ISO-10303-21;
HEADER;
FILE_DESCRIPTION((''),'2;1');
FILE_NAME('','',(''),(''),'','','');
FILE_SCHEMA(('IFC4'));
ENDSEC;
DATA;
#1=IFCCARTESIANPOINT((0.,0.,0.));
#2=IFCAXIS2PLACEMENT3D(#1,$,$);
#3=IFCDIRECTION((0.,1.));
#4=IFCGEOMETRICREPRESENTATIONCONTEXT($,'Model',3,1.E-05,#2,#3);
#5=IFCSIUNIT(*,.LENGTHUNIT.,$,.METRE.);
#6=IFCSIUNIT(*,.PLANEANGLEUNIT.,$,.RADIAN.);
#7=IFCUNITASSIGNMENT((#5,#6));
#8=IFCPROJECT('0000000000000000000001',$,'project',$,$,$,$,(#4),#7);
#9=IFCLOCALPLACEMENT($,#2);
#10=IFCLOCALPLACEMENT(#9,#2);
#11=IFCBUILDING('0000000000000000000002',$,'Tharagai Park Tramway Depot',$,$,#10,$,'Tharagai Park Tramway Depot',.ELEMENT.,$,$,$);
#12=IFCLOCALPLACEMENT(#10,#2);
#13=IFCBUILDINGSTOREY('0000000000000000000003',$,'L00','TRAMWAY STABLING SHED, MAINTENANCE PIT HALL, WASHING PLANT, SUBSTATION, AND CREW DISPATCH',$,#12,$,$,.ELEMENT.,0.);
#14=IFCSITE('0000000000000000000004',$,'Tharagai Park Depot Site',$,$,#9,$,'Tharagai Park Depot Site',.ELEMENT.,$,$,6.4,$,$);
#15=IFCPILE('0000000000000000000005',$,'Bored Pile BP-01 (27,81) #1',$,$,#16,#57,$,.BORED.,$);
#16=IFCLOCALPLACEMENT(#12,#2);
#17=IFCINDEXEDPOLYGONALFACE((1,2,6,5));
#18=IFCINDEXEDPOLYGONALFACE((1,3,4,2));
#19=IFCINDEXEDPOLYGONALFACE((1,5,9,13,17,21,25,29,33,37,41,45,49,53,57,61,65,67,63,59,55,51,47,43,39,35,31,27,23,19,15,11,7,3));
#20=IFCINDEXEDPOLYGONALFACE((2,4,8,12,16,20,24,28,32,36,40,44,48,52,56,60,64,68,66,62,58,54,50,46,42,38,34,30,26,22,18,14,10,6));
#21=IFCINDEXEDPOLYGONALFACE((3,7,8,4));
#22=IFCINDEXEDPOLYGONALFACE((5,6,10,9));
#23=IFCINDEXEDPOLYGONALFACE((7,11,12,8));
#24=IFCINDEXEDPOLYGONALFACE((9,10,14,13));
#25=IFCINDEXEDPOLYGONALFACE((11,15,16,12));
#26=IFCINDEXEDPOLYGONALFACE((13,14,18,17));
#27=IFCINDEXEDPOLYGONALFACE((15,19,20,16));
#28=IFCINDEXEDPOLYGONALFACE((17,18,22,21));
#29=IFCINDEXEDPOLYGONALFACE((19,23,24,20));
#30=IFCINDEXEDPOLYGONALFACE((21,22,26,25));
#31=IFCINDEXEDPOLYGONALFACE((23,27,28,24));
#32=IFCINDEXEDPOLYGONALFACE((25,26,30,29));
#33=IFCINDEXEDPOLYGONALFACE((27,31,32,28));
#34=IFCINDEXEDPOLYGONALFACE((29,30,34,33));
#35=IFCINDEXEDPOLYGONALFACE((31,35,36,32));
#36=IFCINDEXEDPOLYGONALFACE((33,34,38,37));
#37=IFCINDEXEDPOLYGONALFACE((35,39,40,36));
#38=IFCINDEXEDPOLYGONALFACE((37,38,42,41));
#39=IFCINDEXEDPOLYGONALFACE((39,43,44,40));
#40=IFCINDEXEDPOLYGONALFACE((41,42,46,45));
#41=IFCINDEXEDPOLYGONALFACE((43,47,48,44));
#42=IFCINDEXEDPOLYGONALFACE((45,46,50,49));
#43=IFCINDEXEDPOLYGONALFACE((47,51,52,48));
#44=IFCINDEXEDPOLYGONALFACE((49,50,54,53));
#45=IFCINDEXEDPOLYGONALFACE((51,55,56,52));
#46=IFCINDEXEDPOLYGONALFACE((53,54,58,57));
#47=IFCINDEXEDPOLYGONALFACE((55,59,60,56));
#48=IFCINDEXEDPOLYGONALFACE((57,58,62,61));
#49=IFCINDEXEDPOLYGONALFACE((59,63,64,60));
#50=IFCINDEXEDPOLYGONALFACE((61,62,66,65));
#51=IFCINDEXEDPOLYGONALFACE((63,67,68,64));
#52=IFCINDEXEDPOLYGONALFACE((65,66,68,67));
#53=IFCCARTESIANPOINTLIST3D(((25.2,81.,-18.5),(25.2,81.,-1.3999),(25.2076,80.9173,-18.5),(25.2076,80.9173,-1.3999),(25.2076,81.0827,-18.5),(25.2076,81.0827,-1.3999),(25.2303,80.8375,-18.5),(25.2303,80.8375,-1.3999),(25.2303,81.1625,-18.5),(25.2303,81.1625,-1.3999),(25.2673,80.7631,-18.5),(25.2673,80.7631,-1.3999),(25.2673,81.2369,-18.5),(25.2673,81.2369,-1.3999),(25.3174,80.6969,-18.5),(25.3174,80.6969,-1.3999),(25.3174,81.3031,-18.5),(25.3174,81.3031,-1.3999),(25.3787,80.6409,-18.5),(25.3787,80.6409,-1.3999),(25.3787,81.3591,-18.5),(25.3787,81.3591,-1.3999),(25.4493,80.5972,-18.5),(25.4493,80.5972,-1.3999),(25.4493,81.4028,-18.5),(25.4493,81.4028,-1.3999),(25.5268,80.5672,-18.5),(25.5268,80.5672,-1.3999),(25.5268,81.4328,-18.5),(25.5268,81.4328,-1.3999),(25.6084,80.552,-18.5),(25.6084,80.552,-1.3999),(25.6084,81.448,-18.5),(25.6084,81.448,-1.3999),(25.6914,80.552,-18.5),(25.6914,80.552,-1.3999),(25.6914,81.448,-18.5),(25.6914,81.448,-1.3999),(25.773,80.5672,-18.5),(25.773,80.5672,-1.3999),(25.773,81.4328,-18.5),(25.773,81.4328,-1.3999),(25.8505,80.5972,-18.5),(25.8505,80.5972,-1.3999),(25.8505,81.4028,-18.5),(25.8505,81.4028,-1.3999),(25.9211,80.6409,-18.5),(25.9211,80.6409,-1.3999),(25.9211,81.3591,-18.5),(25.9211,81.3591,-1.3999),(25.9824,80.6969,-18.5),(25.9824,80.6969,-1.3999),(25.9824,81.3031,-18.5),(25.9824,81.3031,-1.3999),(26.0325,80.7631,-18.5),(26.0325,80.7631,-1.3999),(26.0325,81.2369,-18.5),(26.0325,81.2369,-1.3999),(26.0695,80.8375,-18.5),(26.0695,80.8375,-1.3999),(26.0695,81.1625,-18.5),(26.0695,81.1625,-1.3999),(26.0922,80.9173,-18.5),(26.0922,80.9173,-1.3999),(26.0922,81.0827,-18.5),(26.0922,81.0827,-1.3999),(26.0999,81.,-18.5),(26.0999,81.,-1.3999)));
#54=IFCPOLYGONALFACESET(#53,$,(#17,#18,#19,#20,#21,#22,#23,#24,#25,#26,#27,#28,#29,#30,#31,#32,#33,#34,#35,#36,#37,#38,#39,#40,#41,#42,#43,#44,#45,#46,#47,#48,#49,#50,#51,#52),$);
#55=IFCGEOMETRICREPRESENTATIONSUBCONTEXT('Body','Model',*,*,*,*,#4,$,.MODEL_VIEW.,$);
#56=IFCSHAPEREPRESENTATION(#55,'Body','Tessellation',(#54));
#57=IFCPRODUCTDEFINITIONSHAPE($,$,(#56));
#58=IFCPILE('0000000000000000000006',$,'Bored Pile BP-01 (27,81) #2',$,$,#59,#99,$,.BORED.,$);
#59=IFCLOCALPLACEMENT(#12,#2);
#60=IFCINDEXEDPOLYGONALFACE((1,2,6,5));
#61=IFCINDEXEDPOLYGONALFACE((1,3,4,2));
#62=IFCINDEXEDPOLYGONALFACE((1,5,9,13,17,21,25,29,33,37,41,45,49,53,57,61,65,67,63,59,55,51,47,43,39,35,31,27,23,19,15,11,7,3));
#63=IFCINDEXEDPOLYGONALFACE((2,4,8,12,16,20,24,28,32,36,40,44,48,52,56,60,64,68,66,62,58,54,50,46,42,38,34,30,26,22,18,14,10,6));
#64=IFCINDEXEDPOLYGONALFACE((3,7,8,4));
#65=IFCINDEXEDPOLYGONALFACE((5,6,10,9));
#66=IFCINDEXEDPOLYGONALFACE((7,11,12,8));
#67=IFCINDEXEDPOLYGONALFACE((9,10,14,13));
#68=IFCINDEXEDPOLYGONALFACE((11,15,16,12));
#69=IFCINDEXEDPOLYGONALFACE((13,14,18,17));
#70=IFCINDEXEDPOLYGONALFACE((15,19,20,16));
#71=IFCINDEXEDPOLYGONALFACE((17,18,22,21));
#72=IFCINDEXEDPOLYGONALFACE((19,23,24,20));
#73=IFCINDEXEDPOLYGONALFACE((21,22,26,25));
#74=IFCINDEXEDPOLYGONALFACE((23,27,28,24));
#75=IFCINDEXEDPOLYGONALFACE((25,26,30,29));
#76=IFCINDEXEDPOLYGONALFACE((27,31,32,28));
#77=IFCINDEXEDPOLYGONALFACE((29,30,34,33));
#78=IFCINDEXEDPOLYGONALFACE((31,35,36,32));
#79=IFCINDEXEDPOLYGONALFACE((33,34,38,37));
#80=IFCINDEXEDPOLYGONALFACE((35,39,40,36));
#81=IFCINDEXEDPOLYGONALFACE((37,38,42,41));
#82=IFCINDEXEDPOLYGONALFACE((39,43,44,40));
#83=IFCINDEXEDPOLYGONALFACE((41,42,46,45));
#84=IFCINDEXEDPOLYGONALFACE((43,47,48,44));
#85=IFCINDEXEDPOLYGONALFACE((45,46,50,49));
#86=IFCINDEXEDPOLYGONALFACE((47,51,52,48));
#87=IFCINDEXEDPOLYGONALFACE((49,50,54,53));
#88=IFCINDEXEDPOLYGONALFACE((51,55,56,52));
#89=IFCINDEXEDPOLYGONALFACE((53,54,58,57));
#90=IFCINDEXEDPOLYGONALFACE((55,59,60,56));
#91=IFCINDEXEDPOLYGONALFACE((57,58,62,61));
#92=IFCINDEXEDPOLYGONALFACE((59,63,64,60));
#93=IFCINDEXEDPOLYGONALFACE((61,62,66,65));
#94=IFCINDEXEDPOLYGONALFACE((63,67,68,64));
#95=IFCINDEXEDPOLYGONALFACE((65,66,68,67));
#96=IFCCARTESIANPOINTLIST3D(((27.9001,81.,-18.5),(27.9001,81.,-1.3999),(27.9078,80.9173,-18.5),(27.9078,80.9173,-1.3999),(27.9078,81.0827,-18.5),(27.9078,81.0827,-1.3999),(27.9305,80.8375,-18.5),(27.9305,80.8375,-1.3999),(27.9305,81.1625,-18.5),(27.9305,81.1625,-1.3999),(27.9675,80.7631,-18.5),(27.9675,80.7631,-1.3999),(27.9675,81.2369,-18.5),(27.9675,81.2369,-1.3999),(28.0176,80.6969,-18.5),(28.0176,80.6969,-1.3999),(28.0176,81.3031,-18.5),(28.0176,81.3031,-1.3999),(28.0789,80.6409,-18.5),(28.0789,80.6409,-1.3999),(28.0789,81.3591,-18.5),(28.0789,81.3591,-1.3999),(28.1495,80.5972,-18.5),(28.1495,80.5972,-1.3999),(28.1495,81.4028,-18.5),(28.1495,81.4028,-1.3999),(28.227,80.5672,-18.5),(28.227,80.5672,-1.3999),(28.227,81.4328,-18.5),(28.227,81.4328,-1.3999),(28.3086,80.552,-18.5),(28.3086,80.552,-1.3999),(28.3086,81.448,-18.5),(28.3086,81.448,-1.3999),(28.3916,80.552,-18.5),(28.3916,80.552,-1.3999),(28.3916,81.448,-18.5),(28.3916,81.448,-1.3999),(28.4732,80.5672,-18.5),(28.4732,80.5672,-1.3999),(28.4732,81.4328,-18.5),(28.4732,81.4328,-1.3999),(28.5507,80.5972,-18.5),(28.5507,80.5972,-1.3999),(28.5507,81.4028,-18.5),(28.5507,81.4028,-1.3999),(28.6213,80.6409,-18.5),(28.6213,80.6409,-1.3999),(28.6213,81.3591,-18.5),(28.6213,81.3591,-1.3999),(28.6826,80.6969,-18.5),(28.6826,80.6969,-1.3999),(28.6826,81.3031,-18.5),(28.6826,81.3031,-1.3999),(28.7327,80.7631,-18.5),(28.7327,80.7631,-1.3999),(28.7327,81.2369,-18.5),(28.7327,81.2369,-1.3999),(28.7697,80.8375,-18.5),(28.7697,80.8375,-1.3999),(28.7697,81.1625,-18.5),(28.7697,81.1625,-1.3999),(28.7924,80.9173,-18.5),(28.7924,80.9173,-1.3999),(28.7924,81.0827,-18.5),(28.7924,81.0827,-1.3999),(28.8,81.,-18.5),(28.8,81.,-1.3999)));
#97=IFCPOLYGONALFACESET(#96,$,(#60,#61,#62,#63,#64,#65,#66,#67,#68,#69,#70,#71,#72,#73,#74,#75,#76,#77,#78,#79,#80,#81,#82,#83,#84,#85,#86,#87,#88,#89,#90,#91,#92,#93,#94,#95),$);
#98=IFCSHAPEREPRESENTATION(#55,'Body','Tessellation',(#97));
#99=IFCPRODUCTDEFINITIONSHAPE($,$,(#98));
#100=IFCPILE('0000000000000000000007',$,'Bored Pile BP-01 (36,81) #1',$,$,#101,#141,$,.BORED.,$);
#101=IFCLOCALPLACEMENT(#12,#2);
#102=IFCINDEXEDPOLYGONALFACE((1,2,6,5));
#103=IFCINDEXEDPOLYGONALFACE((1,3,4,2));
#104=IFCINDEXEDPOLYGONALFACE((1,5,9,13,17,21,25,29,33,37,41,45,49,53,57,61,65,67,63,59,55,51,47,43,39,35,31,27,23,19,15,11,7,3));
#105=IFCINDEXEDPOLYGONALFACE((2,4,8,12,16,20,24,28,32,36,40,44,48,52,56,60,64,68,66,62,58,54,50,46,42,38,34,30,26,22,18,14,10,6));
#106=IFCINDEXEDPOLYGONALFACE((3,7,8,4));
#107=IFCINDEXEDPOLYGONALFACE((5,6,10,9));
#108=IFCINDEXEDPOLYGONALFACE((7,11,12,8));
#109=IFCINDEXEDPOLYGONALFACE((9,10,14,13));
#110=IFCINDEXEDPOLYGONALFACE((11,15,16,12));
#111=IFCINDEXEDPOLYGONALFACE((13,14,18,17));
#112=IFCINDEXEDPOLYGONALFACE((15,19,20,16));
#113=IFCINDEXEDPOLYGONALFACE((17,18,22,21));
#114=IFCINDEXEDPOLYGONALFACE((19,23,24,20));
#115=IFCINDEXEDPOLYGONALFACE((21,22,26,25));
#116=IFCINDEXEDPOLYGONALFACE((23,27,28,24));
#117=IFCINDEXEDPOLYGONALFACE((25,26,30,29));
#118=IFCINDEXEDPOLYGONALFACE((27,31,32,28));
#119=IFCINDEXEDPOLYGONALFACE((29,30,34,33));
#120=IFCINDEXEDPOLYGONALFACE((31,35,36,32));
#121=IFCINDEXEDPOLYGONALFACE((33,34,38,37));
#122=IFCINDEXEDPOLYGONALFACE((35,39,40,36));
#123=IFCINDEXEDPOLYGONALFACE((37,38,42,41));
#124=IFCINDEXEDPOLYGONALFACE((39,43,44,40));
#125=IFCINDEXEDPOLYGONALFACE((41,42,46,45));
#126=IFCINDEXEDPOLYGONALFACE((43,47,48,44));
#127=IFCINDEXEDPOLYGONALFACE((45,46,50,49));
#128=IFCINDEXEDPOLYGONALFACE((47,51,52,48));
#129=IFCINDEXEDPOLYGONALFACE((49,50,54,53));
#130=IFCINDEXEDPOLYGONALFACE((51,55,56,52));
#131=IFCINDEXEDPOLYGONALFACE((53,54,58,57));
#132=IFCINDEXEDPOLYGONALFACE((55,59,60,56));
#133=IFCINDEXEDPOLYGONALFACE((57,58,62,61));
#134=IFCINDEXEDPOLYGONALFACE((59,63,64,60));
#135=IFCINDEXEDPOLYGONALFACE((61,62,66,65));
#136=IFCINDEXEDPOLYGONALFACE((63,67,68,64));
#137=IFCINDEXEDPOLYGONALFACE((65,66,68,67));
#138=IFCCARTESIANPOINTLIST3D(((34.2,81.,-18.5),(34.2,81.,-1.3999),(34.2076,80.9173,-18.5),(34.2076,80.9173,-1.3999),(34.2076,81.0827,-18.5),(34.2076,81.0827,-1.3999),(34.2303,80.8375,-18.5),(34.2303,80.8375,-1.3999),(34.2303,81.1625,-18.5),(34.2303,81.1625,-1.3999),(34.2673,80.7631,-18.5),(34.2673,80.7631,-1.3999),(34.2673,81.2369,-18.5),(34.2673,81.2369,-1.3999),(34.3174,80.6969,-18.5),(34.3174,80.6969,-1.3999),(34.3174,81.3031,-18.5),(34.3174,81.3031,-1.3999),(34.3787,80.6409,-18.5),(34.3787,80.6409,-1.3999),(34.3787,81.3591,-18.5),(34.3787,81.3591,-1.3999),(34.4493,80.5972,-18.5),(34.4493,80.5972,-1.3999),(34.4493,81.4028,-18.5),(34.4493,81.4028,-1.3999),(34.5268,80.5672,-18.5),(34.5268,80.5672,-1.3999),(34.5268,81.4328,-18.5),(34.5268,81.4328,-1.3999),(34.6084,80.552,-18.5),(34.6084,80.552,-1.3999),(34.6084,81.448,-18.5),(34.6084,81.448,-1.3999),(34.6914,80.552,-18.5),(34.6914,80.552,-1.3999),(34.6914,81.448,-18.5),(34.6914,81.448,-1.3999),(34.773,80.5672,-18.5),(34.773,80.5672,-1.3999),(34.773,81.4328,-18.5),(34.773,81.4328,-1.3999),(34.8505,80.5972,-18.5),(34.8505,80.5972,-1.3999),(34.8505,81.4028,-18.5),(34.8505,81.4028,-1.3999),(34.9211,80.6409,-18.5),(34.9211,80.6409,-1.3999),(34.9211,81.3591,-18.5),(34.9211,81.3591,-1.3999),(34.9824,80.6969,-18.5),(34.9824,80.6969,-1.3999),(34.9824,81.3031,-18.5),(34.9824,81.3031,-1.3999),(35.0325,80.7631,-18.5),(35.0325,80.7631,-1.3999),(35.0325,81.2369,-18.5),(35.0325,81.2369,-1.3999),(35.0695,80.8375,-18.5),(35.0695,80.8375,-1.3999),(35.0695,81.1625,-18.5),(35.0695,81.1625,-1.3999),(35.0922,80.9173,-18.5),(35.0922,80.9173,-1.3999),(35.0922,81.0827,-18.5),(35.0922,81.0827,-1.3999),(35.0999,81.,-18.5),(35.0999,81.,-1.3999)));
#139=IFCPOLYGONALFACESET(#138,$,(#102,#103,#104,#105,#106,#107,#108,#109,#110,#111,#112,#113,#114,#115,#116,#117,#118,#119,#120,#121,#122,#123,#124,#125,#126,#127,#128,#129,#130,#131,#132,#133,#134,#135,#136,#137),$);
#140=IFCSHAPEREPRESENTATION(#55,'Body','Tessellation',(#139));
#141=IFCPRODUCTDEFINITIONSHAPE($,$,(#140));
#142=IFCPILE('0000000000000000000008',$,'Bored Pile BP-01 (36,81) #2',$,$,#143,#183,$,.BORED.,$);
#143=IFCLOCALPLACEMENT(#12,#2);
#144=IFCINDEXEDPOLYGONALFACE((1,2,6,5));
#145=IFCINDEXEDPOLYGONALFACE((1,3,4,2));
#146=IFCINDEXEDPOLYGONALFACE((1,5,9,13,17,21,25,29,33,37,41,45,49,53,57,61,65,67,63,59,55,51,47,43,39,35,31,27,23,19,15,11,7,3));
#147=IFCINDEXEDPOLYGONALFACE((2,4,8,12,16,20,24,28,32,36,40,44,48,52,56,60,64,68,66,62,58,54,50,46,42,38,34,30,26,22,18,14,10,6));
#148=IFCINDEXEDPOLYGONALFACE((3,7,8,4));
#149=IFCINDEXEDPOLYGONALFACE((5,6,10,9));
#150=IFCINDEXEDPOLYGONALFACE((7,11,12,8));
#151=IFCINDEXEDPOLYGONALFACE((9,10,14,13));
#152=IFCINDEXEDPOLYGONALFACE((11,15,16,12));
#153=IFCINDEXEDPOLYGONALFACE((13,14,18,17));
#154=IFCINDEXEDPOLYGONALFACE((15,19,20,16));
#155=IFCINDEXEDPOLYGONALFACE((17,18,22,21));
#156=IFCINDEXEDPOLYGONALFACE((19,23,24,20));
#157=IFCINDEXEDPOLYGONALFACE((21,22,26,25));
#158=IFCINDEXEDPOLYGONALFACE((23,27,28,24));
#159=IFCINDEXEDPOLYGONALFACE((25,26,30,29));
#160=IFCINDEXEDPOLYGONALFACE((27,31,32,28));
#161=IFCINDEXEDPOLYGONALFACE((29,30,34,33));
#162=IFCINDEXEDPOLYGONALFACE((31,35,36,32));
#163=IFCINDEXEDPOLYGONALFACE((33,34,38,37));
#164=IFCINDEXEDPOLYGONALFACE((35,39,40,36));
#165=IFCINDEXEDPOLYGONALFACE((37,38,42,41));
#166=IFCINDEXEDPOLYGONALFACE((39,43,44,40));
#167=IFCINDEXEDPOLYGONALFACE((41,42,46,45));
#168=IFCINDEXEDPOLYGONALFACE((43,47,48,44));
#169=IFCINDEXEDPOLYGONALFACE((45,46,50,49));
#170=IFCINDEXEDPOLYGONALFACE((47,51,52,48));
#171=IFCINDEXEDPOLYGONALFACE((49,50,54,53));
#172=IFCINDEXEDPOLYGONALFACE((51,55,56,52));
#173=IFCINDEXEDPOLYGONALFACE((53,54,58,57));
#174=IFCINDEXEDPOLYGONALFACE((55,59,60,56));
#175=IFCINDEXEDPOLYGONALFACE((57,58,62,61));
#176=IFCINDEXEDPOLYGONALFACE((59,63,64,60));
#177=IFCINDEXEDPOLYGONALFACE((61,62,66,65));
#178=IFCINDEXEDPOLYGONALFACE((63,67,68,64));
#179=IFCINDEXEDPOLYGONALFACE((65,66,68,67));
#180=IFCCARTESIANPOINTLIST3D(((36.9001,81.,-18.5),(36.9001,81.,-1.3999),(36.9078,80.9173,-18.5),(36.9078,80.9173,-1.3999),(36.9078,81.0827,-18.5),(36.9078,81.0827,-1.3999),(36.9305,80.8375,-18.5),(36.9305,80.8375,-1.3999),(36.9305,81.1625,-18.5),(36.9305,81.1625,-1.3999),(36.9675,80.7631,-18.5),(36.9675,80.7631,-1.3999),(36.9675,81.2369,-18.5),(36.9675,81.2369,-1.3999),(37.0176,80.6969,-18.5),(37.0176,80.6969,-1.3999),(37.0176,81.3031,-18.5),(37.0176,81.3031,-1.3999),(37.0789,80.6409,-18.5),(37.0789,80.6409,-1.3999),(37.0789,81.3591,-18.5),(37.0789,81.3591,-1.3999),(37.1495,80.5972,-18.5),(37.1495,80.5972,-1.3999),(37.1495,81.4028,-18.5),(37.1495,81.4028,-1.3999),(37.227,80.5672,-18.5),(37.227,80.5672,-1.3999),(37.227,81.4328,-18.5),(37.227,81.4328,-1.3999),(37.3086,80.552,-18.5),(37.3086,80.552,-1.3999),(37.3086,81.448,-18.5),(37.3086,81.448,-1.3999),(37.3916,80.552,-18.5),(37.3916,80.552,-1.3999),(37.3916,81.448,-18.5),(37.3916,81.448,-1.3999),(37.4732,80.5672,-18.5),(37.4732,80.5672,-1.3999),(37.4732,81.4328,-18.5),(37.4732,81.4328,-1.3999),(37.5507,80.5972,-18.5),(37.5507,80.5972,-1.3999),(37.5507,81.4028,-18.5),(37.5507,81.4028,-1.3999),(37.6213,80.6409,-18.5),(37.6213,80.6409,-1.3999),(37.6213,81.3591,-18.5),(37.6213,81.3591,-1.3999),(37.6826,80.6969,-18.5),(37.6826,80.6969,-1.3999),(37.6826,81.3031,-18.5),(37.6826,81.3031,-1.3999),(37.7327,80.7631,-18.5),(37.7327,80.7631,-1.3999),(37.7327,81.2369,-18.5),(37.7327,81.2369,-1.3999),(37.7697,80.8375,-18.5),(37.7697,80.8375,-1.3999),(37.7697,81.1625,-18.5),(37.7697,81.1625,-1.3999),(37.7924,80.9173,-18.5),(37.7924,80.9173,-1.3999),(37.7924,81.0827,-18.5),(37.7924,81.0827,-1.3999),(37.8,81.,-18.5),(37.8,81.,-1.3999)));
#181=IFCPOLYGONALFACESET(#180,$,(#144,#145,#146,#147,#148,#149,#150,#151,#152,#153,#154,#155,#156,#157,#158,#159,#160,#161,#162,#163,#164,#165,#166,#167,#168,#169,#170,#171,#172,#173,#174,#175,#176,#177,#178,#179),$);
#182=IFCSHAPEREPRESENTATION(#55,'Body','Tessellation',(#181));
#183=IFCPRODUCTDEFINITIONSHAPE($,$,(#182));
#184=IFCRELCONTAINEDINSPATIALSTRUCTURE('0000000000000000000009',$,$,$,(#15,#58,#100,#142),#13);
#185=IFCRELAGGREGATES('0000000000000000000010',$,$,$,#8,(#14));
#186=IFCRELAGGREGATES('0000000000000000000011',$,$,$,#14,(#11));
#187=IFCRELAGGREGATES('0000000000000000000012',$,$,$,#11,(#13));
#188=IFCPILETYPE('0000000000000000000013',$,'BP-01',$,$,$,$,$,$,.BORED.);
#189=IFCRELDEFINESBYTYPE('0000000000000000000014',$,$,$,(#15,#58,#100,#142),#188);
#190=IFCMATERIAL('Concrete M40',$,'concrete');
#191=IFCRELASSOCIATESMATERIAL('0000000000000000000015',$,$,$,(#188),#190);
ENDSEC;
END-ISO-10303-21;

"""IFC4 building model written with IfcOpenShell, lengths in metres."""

from ifc_helpers import new_model, si_unit, direction, frame, origin, origin_2d, place, context, subcontext, project, spatial, circle, extrude, material, material_profile, profile_set, type_object, element, save


model = new_model("IFC4")

# Units and contexts
model_context = context("Model", 3, precision=1e-05, world=origin(), true_north=direction((0.0, 1.0)))
body_context = subcontext(model_context, "Body", "Model", "MODEL_VIEW")
ifc_project = project(units=[si_unit("LENGTHUNIT", "METRE"), si_unit("PLANEANGLEUNIT", "RADIAN")], contexts=[model_context])

# Site, building, storey
site_placement = place(None, origin())
site = spatial("IfcSite", under=ifc_project, at=site_placement, Name="Tharagai Park Depot Site", LongName="Tharagai Park Depot Site", CompositionType="ELEMENT", RefElevation=6.4)
building_placement = place(site_placement, origin())
building = spatial("IfcBuilding", under=site, at=building_placement, Name="Tharagai Park Tramway Depot", LongName="Tharagai Park Tramway Depot", CompositionType="ELEMENT")
storey_placement = place(building_placement, origin())
storey = spatial("IfcBuildingStorey", under=building, at=storey_placement, Name="L00", Description="TRAMWAY STABLING SHED, MAINTENANCE PIT HALL, WASHING PLANT, SUBSTATION, AND CREW DISPATCH", CompositionType="ELEMENT", Elevation=0.0)

# Piles
ifc_material = material(Name="Concrete M40", Category="concrete")
ifc_material_profile_1 = material_profile(ifc_material, circle(Radius=0.45, at=origin_2d()), Name="PILE D900")
ifc_profile_set_1 = profile_set([ifc_material_profile_1], Name="Concrete M40")
pile_type_1 = type_object("IfcPileType", Name="BP-01", PredefinedType="BORED", material=ifc_profile_set_1)
for number, where, z_axis, x_axis, name in (
    (1, (25.6499, 81.0, -1.3999), (0.0, 0.0, -1.0), (1.0, 0.0, 0.0), "Bored Pile BP-01 (27,81) #1"),
    (2, (28.3501, 81.0, -1.3999), (0.0, 0.0, -1.0), (1.0, 0.0, 0.0), "Bored Pile BP-01 (27,81) #2"),
    (3, (34.6499, 81.0, -1.3999), (0.0, 0.0, -1.0), (1.0, 0.0, 0.0), "Bored Pile BP-01 (36,81) #1"),
    (4, (37.3501, 81.0, -1.3999), (0.0, 0.0, -1.0), (1.0, 0.0, 0.0), "Bored Pile BP-01 (36,81) #2"),
):
    element("IfcPile", number, at=place(storey_placement, frame(where, z_axis=z_axis, x_axis=x_axis)), inside=storey, type_object=pile_type_1, Name=name, PredefinedType="BORED", context=body_context, shape_type="SweptSolid", body=[
        extrude(circle(Radius=0.45, at=origin_2d()), origin(), (0.0, 0.0, 1.0), 17.1001),
    ])

save(model, "model.ifc")
